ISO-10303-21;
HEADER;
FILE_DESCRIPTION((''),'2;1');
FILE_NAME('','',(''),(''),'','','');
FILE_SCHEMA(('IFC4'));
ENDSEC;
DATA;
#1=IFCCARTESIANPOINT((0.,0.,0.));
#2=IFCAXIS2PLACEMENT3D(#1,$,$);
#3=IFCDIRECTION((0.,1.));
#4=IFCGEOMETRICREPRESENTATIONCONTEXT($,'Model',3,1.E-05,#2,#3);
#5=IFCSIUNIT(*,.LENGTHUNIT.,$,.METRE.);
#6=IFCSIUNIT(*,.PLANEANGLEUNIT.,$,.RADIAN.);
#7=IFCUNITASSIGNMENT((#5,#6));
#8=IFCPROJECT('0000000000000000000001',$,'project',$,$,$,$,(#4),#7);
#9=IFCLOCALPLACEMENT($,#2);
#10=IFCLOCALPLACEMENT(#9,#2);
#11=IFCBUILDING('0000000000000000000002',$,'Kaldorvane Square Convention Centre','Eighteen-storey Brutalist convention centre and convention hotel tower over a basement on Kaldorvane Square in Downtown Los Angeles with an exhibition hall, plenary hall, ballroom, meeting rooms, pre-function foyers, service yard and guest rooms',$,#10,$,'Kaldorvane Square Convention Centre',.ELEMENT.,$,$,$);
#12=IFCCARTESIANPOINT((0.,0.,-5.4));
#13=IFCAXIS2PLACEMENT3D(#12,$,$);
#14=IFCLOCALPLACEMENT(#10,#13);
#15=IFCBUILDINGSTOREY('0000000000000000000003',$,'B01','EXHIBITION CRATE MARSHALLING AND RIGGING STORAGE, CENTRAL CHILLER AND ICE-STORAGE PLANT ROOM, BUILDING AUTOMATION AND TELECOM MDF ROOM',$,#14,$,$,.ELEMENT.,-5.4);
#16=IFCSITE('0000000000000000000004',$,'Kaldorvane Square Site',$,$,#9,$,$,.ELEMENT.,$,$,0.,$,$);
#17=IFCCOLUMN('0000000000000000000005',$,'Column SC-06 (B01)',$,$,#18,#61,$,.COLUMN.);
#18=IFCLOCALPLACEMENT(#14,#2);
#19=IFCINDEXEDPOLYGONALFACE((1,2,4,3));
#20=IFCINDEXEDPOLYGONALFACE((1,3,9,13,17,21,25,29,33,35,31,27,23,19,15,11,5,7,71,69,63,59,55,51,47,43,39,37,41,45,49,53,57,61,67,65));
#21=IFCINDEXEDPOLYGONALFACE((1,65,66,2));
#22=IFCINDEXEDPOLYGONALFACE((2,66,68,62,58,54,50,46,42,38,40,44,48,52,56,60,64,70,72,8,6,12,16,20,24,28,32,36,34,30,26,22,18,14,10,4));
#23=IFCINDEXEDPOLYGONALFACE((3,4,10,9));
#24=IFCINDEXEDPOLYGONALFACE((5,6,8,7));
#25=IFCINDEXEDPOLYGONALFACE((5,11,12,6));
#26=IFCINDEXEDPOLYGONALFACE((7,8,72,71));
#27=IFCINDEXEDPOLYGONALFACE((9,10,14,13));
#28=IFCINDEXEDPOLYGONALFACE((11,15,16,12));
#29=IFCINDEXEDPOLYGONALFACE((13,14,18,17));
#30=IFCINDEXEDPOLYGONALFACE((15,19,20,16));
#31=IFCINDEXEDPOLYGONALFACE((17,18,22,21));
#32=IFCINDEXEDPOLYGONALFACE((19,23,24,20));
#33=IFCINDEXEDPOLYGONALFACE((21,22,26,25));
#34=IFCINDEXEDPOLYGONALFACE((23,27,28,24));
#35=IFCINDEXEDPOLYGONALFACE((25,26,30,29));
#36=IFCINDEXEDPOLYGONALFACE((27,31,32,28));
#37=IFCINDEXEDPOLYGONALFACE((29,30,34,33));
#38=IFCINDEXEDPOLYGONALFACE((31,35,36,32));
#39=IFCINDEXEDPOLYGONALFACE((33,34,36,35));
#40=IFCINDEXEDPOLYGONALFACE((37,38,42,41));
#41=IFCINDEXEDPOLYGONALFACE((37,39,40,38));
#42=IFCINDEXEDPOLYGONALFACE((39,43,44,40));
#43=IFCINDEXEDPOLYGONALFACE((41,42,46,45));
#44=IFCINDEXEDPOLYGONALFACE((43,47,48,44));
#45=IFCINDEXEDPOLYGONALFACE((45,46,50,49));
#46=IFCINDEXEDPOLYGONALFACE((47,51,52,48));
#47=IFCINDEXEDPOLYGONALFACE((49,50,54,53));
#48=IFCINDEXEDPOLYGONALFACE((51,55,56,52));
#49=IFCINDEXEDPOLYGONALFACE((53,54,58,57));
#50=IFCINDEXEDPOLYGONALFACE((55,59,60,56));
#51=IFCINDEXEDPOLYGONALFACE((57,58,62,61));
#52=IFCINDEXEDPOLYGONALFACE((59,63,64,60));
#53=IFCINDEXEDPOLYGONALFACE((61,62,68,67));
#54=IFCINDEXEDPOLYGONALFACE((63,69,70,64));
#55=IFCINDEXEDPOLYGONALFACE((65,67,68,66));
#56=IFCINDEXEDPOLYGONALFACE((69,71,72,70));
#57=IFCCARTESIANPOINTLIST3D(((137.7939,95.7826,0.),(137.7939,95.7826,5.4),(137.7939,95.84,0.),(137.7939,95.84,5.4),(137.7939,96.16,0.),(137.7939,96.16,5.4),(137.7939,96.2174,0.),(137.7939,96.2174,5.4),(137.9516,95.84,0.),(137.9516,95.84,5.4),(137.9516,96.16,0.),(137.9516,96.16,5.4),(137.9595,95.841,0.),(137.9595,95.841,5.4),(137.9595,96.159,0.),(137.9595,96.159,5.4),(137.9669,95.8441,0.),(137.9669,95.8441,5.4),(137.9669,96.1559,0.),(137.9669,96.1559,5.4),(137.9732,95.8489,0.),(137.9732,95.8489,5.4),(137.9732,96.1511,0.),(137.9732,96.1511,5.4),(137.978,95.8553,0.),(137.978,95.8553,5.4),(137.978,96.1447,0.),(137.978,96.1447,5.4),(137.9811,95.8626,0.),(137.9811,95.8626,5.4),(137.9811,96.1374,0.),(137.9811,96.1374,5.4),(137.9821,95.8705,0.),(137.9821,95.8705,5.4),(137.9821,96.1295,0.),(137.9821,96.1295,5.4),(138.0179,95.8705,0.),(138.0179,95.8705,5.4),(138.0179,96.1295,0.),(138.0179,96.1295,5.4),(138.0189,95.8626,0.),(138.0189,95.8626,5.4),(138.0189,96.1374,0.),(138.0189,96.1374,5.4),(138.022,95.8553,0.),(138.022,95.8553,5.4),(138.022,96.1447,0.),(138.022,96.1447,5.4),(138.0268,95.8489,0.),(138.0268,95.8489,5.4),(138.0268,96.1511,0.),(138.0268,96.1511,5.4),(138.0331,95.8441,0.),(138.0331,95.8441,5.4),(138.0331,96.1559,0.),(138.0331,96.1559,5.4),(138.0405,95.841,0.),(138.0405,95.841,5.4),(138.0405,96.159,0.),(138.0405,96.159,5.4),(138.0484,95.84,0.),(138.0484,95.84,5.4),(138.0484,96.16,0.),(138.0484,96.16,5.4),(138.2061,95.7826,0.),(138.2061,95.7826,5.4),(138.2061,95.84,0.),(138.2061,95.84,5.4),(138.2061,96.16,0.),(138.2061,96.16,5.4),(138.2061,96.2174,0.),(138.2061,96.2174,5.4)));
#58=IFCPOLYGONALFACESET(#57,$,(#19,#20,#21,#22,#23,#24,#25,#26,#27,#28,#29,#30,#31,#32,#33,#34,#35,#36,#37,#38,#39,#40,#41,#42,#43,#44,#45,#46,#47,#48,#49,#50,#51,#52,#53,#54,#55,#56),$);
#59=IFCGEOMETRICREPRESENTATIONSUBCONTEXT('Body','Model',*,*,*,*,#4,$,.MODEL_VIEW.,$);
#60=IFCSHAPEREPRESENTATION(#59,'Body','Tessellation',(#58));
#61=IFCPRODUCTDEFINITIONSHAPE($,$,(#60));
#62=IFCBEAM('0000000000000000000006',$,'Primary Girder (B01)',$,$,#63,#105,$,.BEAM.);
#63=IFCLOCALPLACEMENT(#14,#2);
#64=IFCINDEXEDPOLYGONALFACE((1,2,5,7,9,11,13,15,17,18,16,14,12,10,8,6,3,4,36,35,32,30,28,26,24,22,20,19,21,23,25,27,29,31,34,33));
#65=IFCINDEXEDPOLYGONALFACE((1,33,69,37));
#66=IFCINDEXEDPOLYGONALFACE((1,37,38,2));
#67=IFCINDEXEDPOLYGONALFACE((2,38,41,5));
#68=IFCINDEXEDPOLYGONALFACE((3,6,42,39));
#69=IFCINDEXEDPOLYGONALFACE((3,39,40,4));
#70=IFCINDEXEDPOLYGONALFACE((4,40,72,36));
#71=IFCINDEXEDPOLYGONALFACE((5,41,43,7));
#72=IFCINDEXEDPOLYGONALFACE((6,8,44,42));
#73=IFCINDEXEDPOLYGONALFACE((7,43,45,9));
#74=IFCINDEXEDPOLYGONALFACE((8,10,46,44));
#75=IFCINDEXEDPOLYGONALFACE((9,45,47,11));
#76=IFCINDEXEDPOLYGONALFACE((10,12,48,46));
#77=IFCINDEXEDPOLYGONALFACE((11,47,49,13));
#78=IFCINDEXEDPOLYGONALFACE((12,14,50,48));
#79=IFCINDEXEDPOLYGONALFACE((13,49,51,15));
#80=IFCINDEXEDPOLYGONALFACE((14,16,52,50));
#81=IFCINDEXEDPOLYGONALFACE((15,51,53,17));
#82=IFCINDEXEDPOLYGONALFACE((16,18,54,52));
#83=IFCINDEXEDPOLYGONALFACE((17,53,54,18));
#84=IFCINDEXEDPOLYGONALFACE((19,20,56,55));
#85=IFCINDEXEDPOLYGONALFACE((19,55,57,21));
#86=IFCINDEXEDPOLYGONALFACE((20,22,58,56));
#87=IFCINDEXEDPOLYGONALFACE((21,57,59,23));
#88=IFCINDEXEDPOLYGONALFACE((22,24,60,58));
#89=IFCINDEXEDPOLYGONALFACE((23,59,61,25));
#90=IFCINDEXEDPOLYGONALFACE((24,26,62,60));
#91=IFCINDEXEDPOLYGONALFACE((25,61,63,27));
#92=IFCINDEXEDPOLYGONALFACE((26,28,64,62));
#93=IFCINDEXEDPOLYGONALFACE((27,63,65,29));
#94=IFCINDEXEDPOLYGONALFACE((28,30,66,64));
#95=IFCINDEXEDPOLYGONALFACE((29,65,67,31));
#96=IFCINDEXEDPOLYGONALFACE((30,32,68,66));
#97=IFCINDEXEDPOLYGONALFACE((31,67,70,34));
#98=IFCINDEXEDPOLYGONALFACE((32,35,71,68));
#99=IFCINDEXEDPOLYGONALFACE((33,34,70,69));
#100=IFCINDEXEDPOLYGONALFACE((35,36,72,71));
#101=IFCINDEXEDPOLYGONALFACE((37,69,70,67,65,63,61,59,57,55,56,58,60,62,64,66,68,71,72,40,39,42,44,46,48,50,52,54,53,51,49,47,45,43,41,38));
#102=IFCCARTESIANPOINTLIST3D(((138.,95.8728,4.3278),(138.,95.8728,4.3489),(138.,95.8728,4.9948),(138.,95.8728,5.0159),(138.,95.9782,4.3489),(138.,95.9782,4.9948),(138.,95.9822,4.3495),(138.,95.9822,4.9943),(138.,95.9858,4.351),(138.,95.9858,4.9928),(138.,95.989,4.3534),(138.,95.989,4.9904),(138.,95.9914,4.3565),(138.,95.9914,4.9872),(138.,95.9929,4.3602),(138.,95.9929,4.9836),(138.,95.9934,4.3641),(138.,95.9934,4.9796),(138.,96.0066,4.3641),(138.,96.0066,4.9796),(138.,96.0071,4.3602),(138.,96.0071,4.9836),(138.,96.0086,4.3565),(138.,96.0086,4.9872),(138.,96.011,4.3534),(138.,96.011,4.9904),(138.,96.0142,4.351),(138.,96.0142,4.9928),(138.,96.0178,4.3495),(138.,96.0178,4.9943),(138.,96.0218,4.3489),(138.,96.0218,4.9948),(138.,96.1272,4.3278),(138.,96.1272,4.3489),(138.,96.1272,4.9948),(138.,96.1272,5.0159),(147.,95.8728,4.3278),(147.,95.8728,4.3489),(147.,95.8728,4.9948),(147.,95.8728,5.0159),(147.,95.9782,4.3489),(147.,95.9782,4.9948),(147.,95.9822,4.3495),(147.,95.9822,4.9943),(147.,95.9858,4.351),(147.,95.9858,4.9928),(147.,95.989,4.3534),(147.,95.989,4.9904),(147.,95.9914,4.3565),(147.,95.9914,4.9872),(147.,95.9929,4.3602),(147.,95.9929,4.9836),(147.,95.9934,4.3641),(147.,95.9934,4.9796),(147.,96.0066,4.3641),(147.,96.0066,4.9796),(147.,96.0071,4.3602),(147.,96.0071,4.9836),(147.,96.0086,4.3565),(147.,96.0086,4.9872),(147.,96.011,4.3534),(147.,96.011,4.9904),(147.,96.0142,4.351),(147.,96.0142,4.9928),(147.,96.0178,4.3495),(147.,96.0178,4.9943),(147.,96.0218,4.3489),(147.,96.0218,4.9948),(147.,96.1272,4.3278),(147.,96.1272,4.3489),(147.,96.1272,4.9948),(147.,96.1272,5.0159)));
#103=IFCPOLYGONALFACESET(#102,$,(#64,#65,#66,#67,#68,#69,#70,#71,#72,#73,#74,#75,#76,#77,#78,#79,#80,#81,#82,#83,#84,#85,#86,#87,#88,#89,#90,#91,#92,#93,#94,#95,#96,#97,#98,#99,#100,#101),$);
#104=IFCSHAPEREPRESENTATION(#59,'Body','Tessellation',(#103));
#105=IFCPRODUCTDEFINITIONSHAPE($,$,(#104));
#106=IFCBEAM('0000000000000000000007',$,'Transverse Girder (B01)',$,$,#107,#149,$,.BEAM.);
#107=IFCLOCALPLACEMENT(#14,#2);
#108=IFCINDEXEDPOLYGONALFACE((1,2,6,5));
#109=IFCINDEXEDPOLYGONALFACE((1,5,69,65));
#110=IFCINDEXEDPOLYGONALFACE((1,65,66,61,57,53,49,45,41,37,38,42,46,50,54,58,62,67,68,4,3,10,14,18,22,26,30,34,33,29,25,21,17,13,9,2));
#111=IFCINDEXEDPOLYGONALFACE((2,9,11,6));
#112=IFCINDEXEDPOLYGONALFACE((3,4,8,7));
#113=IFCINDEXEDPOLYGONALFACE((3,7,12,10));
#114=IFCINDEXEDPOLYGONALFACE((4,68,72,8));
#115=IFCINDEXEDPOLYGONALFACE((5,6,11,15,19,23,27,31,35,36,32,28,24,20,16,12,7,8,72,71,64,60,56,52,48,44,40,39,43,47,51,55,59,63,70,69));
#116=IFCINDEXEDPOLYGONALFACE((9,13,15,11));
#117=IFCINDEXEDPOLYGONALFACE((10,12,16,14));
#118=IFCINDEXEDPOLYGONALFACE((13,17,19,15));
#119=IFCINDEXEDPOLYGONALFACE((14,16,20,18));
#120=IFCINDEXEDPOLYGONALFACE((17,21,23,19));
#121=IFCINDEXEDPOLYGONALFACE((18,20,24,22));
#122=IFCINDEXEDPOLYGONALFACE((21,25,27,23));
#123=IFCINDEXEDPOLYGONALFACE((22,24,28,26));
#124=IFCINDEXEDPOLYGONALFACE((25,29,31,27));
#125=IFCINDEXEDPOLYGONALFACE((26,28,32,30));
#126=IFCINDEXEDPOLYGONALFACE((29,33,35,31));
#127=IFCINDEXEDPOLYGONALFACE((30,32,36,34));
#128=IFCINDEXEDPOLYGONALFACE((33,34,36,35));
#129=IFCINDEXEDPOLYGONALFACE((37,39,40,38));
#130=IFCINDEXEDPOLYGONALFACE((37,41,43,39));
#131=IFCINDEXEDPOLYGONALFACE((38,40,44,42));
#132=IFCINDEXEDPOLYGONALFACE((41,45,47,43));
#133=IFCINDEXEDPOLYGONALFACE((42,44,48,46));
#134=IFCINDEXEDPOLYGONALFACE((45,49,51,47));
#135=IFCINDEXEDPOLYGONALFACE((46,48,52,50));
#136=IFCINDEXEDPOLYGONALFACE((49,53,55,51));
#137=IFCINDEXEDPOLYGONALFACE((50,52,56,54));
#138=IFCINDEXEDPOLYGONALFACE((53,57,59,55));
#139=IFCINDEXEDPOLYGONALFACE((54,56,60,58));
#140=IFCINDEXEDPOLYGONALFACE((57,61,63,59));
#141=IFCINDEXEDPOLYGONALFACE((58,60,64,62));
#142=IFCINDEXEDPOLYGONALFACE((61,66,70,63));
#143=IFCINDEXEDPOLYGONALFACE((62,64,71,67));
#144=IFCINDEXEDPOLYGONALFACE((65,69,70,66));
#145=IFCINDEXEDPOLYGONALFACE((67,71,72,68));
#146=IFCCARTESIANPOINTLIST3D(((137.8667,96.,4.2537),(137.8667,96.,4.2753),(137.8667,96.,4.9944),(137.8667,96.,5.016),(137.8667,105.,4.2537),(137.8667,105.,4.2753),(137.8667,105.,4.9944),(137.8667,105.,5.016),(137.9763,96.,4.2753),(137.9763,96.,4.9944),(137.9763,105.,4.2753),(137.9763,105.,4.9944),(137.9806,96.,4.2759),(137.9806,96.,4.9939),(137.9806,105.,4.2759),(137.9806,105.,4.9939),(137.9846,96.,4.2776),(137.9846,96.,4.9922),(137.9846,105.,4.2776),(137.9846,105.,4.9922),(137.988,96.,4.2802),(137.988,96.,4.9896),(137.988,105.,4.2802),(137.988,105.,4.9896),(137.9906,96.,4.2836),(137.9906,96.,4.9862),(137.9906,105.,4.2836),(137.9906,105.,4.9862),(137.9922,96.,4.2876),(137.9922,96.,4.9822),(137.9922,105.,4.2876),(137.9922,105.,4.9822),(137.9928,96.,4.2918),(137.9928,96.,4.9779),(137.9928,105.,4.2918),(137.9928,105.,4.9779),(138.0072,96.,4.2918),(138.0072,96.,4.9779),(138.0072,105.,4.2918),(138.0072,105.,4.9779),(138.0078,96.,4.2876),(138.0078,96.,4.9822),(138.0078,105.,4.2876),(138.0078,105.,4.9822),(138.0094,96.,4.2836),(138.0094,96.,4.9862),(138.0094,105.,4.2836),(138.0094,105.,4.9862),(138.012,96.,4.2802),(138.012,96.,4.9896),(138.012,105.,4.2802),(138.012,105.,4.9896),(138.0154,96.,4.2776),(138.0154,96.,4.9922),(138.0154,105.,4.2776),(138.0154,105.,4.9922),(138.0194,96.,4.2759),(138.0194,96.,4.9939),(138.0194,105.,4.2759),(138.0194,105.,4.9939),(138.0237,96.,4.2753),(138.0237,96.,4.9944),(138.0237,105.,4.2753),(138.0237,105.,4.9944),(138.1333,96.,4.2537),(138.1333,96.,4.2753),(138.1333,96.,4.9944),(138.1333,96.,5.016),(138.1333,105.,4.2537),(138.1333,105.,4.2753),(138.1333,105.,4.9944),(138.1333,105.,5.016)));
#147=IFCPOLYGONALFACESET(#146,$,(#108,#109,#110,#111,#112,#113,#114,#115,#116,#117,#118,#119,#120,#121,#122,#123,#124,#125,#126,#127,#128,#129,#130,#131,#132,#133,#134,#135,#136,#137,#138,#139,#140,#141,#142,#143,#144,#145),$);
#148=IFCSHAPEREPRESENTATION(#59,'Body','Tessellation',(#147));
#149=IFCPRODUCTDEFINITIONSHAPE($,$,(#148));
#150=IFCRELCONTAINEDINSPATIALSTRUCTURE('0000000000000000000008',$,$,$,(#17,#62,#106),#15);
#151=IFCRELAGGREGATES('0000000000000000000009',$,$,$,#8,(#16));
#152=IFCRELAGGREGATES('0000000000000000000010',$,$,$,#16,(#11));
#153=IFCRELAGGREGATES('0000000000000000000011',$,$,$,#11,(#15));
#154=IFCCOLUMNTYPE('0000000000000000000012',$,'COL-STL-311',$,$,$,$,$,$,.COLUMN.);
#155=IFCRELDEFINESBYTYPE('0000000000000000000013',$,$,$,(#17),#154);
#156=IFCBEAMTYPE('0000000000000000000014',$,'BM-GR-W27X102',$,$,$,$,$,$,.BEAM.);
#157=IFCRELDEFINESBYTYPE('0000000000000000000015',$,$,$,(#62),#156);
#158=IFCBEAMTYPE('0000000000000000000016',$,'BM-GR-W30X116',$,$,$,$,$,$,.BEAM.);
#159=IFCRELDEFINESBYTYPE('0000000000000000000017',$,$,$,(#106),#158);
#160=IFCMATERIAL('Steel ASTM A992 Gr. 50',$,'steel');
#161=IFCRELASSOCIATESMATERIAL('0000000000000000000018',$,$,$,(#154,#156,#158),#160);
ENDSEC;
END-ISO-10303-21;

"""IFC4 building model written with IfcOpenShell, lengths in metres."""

from ifc_helpers import new_model, si_unit, direction, frame, origin, origin_2d, place, context, subcontext, project, spatial, i_section, extrude, material, material_profile, profile_set, type_object, element, save


model = new_model("IFC4")

# Units and contexts
model_context = context("Model", 3, precision=1e-05, world=origin(), true_north=direction((0.0, 1.0)))
body_context = subcontext(model_context, "Body", "Model", "MODEL_VIEW")
ifc_project = project(units=[si_unit("LENGTHUNIT", "METRE"), si_unit("PLANEANGLEUNIT", "RADIAN")], contexts=[model_context])

# Site, building, storey
site_placement = place(None, origin())
site = spatial("IfcSite", under=ifc_project, at=site_placement, Name="Kaldorvane Square Site", CompositionType="ELEMENT", RefElevation=0.0)
building_placement = place(site_placement, origin())
building = spatial("IfcBuilding", under=site, at=building_placement, Name="Kaldorvane Square Convention Centre", Description="Eighteen-storey Brutalist convention centre and convention hotel tower over a basement on Kaldorvane Square in Downtown Los Angeles with an exhibition hall, plenary hall, ballroom, meeting rooms, pre-function foyers, service yard and guest rooms", LongName="Kaldorvane Square Convention Centre", CompositionType="ELEMENT")
storey_placement = place(building_placement, frame((0.0, 0.0, -5.4)))
storey = spatial("IfcBuildingStorey", under=building, at=storey_placement, Name="B01", Description="EXHIBITION CRATE MARSHALLING AND RIGGING STORAGE, CENTRAL CHILLER AND ICE-STORAGE PLANT ROOM, BUILDING AUTOMATION AND TELECOM MDF ROOM", CompositionType="ELEMENT", Elevation=-5.4)

# Column
ifc_material_1 = material(Name="Steel ASTM A992 Gr. 50", Category="steel")
ifc_material_profile_1 = material_profile(ifc_material_1, i_section(OverallWidth=0.4122, OverallDepth=0.4348, WebThickness=0.0358, FlangeThickness=0.0574, FilletRadius=0.0305, at=origin_2d()), Name="W14X311")
ifc_profile_set_1 = profile_set([ifc_material_profile_1], Name="Steel ASTM A992 Gr. 50")
column_type = type_object("IfcColumnType", Name="COL-STL-311", PredefinedType="COLUMN", material=ifc_profile_set_1)
column_placement = place(storey_placement, frame((138.0, 96.0, 0.0), z_axis=(0.0, 0.0, 1.0), x_axis=(1.0, 0.0, 0.0)))
element("IfcColumn", 1, at=column_placement, inside=storey, type_object=column_type, Name="Column SC-06 (B01)", PredefinedType="COLUMN", context=body_context, shape_type="SweptSolid", body=[
    extrude(i_section(OverallWidth=0.4122, OverallDepth=0.4348, WebThickness=0.0358, FlangeThickness=0.0574, FilletRadius=0.0305, at=origin_2d()), origin(), (0.0, 0.0, 1.0), 5.4),
])

# Beams
ifc_material_profile_2 = material_profile(ifc_material_1, i_section(OverallWidth=0.2544, OverallDepth=0.6881, WebThickness=0.0131, FlangeThickness=0.0211, FilletRadius=0.0152, at=origin_2d()), Name="W27X102")
ifc_profile_set_2 = profile_set([ifc_material_profile_2], Name="Steel ASTM A992 Gr. 50")
beam_type_1 = type_object("IfcBeamType", Name="BM-GR-W27X102", PredefinedType="BEAM", material=ifc_profile_set_2)
beam_1_placement = place(storey_placement, frame((138.0, 96.0, 4.6719), z_axis=(1.0, 0.0, 0.0), x_axis=(0.0, 1.0, 0.0)))
element("IfcBeam", 2, at=beam_1_placement, inside=storey, type_object=beam_type_1, Name="Primary Girder (B01)", PredefinedType="BEAM", context=body_context, shape_type="SweptSolid", body=[
    extrude(i_section(OverallWidth=0.2544, OverallDepth=0.6881, WebThickness=0.0131, FlangeThickness=0.0211, FilletRadius=0.0152, at=origin_2d()), origin(), (0.0, 0.0, 1.0), 9.0),
])
ifc_material_profile_3 = material_profile(ifc_material_1, i_section(OverallWidth=0.2666, OverallDepth=0.7623, WebThickness=0.0144, FlangeThickness=0.0216, FilletRadius=0.0165, at=origin_2d()), Name="W30X116")
ifc_profile_set_3 = profile_set([ifc_material_profile_3], Name="Steel ASTM A992 Gr. 50")
beam_type_2 = type_object("IfcBeamType", Name="BM-GR-W30X116", PredefinedType="BEAM", material=ifc_profile_set_3)
beam_2_placement = place(storey_placement, frame((138.0, 96.0, 4.6349), z_axis=(0.0, 1.0, 0.0), x_axis=(-1.0, 0.0, 0.0)))
element("IfcBeam", 3, at=beam_2_placement, inside=storey, type_object=beam_type_2, Name="Transverse Girder (B01)", PredefinedType="BEAM", context=body_context, shape_type="SweptSolid", body=[
    extrude(i_section(OverallWidth=0.2666, OverallDepth=0.7623, WebThickness=0.0144, FlangeThickness=0.0216, FilletRadius=0.0165, at=origin_2d()), origin(), (0.0, 0.0, 1.0), 9.0),
])

save(model, "model.ifc")
